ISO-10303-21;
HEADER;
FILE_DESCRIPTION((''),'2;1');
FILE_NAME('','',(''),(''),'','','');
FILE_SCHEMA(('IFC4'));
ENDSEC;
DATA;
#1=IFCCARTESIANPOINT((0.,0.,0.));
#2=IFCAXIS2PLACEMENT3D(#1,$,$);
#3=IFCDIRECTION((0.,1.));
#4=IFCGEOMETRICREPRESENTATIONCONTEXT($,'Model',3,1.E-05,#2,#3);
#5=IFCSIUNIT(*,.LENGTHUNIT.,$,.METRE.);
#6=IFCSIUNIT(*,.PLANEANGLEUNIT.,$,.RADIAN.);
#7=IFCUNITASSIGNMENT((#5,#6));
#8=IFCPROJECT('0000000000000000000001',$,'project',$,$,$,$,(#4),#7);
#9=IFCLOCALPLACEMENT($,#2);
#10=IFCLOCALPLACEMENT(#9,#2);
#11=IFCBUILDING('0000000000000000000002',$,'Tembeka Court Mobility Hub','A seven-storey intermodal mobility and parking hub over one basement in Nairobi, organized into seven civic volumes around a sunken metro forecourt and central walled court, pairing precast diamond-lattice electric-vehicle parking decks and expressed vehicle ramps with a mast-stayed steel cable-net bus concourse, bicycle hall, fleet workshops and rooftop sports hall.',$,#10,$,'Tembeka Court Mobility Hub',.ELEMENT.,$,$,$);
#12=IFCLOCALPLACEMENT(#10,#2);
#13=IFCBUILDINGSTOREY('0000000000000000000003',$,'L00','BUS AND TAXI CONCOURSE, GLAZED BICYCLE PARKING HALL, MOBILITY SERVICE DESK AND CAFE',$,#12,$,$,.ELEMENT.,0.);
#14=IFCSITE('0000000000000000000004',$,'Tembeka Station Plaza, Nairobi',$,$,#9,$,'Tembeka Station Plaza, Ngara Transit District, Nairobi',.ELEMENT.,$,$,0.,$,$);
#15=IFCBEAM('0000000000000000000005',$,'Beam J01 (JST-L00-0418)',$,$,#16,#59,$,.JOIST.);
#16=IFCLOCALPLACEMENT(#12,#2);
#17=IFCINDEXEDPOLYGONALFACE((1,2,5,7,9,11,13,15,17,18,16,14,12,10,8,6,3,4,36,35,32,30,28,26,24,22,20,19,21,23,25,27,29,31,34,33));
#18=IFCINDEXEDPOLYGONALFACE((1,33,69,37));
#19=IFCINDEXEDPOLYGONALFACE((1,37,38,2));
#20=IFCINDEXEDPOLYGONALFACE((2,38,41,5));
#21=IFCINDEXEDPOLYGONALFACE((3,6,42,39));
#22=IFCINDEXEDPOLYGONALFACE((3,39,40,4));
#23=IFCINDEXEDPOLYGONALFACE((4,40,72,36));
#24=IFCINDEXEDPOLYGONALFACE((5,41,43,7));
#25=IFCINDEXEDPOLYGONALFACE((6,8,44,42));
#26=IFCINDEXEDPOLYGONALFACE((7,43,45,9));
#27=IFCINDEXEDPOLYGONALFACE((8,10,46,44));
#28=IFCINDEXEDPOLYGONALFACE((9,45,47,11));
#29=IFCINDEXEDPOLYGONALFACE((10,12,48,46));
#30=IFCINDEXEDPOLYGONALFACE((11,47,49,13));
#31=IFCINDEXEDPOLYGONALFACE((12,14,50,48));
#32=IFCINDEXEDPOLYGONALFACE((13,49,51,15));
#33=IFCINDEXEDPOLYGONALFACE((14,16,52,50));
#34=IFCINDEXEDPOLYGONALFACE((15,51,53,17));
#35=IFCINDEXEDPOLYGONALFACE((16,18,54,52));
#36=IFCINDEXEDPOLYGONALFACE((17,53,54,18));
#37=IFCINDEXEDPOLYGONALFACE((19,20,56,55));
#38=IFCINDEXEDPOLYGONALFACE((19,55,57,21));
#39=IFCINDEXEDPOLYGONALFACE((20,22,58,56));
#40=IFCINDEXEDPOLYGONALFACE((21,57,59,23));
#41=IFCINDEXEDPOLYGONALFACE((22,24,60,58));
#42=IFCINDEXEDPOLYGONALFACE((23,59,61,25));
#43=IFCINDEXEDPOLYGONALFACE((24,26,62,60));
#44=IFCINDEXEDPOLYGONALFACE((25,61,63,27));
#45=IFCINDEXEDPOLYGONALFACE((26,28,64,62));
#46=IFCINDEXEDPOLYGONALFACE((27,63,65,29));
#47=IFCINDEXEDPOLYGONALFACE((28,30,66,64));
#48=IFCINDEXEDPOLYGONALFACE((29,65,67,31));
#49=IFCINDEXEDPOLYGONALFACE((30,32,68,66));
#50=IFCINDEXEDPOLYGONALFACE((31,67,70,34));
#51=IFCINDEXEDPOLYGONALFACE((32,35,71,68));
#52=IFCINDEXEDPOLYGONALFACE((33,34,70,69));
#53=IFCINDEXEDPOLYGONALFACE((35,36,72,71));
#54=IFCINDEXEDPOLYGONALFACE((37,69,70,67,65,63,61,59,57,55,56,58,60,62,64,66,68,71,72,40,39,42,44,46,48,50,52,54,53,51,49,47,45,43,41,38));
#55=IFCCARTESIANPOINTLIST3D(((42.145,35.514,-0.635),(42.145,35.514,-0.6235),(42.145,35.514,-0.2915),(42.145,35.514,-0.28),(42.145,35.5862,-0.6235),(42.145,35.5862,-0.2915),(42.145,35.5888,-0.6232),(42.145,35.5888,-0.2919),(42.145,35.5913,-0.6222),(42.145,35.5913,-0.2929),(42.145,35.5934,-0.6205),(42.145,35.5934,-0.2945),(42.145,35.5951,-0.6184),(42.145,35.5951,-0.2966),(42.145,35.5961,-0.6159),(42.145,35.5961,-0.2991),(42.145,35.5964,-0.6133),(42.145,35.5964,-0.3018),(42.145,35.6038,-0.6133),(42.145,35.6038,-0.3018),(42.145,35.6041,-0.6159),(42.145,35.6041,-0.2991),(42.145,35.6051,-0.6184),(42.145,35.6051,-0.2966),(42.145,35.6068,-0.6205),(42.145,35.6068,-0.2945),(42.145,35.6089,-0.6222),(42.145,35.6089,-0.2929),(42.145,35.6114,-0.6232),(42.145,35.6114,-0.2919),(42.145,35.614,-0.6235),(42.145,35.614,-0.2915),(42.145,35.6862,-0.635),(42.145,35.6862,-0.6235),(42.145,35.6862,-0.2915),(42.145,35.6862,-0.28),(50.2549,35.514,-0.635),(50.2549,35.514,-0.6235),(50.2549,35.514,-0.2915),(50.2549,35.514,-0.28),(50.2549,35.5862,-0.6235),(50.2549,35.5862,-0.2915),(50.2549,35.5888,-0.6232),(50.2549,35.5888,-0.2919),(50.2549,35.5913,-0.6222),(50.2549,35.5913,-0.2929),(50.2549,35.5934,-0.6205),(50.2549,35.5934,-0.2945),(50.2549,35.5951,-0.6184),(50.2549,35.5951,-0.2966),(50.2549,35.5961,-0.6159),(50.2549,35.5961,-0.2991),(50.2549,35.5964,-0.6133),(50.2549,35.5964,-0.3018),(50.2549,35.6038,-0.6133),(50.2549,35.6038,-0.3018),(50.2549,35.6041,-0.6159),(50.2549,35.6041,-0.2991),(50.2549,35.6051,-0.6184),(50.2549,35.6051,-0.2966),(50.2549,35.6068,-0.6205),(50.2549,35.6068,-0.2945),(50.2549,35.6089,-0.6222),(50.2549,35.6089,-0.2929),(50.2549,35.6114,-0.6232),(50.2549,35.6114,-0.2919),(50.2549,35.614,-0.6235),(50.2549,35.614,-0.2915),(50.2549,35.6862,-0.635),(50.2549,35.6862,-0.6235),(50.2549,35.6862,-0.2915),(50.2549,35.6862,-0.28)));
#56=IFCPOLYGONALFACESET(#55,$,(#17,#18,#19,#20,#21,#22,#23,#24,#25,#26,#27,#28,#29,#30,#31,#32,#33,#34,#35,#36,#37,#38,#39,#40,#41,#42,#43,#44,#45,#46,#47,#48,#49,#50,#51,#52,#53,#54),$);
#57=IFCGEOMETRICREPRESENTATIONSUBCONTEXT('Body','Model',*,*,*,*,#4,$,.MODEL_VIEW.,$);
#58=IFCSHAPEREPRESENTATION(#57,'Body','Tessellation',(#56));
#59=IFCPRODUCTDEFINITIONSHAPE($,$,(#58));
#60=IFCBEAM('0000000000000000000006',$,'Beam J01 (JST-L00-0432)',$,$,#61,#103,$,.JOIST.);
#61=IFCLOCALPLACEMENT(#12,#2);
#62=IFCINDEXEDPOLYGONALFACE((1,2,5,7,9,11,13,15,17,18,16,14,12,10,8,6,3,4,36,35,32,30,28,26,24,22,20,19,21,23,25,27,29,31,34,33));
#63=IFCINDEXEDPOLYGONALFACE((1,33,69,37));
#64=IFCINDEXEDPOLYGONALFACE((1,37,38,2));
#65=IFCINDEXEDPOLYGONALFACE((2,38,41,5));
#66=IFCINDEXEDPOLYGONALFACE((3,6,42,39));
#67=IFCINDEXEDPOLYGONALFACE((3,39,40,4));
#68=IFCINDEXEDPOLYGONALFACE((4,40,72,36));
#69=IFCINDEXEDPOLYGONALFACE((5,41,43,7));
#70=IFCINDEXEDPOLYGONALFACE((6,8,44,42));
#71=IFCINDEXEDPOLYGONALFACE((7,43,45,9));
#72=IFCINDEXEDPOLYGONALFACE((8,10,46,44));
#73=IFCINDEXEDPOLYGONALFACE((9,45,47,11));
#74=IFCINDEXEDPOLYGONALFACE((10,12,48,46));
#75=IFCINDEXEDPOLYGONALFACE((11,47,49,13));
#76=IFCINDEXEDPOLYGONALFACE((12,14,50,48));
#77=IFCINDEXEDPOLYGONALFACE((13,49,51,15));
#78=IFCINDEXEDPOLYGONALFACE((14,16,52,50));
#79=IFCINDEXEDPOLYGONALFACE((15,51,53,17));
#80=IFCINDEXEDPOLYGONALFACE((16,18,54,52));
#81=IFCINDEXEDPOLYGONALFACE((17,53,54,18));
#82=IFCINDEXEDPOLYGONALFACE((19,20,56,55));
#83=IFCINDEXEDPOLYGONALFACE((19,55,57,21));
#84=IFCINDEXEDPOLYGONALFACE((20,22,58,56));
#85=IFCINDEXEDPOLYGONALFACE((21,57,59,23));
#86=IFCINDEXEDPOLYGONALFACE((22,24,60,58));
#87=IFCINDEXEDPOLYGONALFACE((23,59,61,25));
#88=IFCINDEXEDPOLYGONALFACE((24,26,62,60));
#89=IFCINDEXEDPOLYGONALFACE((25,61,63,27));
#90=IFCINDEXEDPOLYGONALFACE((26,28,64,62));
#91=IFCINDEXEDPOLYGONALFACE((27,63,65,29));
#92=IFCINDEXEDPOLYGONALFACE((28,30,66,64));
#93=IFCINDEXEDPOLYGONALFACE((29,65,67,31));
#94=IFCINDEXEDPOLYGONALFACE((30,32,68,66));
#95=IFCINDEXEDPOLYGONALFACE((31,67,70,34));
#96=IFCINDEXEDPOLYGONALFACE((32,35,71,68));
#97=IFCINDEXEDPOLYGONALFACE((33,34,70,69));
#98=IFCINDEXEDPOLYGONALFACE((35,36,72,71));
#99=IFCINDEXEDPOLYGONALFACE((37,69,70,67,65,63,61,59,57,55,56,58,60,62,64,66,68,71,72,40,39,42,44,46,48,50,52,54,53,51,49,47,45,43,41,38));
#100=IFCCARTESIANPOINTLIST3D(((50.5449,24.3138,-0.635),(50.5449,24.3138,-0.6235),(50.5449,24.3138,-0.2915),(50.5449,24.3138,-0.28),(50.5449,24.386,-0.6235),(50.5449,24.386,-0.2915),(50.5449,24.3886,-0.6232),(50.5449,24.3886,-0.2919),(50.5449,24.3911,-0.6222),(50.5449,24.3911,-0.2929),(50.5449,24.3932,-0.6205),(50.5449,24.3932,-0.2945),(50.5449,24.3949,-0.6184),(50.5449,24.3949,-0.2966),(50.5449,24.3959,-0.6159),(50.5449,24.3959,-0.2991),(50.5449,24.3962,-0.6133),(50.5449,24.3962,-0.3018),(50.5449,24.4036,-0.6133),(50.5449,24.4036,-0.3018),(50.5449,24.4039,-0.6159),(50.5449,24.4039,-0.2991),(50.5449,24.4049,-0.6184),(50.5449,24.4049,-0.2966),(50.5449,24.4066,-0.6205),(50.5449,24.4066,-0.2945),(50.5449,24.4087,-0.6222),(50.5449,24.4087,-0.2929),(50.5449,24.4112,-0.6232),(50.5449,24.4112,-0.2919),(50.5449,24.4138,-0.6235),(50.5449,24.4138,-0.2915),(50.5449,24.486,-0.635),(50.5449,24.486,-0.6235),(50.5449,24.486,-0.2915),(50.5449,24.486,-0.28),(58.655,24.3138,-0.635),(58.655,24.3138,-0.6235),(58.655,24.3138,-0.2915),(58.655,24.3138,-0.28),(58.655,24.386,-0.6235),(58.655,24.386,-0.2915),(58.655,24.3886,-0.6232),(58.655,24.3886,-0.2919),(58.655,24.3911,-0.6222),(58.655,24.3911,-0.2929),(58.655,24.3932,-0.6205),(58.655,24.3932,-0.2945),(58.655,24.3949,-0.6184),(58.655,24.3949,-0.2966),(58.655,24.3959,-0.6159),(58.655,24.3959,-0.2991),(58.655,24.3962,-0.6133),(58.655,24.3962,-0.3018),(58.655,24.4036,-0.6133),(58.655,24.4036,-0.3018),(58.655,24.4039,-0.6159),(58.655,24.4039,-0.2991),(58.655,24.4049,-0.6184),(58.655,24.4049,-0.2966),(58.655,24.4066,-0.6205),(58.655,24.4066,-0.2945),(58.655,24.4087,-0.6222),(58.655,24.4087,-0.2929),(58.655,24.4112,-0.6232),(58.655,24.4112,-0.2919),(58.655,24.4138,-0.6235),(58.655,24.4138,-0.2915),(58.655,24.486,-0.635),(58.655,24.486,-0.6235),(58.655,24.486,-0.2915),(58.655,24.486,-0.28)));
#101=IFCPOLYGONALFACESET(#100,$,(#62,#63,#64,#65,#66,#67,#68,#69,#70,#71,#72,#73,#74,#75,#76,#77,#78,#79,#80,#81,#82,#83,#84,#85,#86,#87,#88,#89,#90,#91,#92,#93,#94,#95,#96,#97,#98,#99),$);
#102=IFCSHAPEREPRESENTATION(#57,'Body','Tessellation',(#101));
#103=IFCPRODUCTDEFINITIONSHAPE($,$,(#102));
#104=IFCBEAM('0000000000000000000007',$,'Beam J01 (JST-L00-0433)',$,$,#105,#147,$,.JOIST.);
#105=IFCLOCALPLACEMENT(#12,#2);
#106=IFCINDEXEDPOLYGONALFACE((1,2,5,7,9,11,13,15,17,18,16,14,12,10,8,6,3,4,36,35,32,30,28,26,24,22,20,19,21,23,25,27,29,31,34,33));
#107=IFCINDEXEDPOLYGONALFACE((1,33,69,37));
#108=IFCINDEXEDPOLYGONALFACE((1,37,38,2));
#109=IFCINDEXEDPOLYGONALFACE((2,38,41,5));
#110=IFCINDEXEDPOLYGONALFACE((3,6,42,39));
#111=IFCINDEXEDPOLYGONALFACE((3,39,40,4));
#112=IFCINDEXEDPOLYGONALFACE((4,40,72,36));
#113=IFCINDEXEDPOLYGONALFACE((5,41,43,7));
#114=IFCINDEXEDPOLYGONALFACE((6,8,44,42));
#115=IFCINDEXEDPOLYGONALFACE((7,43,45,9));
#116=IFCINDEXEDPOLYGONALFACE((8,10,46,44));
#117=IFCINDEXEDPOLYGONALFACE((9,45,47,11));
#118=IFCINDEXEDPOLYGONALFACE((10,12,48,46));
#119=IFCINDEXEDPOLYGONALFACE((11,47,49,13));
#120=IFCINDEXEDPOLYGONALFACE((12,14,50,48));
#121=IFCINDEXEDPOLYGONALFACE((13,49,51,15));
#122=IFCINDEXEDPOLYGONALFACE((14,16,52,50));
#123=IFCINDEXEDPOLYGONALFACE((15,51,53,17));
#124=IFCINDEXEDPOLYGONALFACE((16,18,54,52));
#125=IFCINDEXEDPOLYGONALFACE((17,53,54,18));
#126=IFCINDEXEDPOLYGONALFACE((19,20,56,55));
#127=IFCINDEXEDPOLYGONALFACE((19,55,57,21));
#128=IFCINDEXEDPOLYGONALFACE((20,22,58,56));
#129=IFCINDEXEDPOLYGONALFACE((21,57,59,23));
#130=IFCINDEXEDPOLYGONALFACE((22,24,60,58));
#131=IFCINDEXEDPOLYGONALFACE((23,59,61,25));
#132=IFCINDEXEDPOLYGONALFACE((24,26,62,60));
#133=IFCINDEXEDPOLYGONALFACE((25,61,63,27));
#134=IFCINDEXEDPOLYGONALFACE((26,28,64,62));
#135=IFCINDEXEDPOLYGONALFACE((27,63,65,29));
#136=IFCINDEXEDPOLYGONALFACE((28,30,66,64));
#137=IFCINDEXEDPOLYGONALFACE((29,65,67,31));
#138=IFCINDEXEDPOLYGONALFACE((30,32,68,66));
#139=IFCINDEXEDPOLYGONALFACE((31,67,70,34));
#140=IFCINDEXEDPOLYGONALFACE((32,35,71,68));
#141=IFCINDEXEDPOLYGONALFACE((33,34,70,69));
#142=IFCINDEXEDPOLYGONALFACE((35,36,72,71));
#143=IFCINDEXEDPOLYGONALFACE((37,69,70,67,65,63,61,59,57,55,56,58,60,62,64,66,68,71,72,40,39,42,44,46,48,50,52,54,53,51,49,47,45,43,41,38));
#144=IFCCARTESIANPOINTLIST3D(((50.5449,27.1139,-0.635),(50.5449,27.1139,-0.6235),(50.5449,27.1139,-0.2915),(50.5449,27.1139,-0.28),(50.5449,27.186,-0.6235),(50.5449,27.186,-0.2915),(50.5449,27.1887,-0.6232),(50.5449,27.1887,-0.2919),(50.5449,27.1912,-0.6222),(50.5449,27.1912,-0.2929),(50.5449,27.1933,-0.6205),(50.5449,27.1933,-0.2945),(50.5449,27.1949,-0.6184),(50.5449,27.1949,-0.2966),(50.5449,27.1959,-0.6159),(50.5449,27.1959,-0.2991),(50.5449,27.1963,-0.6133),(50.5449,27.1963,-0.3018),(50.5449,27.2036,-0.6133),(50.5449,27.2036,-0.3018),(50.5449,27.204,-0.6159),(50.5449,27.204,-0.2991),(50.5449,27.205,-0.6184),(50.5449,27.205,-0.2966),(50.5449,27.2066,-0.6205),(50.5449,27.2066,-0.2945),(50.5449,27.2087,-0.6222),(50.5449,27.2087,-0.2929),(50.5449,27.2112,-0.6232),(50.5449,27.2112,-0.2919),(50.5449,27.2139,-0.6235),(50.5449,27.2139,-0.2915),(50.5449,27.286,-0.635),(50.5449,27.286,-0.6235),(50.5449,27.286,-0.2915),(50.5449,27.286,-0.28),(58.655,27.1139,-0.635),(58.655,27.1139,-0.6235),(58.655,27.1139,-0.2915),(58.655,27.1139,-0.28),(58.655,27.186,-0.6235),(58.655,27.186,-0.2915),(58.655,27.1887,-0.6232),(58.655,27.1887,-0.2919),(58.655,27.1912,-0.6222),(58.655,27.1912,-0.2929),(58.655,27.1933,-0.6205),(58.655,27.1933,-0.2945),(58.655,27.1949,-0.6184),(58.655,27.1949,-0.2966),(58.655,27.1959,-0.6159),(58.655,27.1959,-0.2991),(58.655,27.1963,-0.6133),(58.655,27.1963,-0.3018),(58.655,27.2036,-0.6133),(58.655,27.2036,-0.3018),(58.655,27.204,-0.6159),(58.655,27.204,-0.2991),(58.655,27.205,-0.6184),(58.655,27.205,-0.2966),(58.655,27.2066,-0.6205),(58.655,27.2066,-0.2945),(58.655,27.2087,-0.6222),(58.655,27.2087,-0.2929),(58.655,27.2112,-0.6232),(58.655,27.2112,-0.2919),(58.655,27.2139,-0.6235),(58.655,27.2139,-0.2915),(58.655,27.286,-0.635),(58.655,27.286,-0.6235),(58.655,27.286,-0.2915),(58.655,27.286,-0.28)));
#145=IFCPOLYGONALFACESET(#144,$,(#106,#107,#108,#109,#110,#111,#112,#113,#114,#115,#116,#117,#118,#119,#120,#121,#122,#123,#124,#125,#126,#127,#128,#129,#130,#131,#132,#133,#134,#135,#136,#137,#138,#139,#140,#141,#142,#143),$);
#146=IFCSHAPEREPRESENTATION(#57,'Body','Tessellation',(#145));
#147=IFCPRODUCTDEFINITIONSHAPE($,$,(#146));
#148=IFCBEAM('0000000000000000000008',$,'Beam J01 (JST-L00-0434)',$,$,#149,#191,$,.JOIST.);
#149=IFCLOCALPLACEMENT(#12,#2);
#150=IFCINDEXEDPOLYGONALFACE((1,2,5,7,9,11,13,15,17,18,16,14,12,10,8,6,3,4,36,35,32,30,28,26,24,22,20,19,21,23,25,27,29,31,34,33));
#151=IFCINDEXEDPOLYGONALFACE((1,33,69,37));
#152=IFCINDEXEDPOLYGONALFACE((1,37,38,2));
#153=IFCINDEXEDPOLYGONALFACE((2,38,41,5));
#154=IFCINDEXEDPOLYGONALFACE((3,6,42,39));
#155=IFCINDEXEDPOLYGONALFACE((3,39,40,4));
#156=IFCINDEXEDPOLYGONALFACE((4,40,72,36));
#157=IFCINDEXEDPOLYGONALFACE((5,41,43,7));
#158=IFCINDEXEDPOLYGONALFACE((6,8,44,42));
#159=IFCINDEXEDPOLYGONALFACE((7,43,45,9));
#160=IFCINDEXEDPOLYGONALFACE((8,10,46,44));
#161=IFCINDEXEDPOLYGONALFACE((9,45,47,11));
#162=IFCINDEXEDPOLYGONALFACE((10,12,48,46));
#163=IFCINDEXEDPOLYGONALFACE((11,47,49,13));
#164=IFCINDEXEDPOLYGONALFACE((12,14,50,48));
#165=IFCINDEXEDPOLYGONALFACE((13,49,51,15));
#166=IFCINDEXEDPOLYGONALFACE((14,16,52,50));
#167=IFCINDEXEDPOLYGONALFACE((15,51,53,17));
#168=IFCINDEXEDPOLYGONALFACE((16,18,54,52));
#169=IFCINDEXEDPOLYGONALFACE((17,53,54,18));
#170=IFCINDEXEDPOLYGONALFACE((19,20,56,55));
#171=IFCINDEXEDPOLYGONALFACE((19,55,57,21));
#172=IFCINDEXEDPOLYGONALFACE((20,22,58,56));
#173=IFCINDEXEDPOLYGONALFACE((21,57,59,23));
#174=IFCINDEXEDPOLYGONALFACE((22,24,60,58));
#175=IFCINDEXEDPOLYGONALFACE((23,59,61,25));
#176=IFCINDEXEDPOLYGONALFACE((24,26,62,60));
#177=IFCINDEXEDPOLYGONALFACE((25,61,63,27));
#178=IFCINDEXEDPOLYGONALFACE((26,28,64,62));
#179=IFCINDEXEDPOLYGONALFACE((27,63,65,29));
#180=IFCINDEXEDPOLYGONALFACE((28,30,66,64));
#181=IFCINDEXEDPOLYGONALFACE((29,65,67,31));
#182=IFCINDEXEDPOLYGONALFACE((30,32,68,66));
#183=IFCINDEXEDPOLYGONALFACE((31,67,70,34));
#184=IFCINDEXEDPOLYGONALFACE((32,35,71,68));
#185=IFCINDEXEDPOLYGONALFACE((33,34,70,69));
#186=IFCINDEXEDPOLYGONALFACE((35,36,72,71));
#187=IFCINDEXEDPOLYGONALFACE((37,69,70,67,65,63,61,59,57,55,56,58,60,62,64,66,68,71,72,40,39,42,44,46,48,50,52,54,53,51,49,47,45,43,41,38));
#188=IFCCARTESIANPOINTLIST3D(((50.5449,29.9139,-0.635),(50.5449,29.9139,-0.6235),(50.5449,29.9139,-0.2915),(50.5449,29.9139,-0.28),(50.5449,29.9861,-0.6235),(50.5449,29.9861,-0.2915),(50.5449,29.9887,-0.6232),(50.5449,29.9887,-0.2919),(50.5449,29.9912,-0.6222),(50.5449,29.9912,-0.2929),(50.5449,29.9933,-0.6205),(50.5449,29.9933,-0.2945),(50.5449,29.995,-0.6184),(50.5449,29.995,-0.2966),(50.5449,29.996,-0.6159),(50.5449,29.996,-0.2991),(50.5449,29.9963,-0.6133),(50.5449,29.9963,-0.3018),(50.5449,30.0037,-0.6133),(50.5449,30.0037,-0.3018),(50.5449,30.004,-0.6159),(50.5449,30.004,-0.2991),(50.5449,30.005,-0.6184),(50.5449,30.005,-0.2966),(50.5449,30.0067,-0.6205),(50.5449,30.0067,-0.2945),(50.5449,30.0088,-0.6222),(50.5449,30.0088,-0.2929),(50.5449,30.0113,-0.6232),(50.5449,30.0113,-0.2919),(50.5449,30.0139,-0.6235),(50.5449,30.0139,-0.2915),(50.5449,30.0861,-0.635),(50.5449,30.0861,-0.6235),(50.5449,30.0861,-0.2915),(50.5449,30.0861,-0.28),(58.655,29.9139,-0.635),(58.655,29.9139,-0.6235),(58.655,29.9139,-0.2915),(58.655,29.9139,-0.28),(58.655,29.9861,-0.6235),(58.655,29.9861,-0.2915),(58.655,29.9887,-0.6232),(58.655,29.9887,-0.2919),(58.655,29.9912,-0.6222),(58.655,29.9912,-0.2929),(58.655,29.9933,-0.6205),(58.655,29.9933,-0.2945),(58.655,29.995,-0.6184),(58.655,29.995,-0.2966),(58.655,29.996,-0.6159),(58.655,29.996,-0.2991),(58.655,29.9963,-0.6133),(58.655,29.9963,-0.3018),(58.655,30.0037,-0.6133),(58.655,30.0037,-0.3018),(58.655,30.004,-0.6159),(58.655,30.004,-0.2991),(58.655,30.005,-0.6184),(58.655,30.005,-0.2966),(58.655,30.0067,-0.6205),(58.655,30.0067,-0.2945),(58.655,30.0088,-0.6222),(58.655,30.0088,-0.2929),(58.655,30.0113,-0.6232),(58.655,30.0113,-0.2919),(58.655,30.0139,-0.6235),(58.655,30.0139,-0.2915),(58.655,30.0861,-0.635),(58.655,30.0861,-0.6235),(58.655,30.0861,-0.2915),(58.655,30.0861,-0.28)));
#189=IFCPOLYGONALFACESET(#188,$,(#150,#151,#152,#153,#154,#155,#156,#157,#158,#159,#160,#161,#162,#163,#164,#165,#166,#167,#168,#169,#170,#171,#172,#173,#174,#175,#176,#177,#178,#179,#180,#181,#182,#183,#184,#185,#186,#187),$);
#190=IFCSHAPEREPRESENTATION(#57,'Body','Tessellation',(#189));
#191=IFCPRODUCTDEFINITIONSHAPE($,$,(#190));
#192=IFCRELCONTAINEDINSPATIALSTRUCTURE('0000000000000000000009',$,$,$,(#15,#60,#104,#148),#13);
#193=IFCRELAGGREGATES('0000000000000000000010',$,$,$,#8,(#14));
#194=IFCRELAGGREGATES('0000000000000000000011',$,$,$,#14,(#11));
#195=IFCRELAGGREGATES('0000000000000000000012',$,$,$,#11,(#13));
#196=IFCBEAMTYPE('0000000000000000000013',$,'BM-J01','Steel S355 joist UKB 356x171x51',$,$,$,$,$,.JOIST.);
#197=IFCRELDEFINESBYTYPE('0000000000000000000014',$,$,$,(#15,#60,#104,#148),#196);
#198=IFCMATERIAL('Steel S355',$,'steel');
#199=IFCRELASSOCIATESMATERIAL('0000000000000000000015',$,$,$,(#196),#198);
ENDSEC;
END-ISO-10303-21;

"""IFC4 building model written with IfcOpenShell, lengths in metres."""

from ifc_helpers import new_model, si_unit, direction, frame, origin, origin_2d, place, context, subcontext, project, spatial, i_section, extrude, material, material_profile, profile_set, type_object, element, save


model = new_model("IFC4")

# Units and contexts
model_context = context("Model", 3, precision=1e-05, world=origin(), true_north=direction((0.0, 1.0)))
body_context = subcontext(model_context, "Body", "Model", "MODEL_VIEW")
ifc_project = project(units=[si_unit("LENGTHUNIT", "METRE"), si_unit("PLANEANGLEUNIT", "RADIAN")], contexts=[model_context])

# Site, building, storey
site_placement = place(None, origin())
site = spatial("IfcSite", under=ifc_project, at=site_placement, Name="Tembeka Station Plaza, Nairobi", LongName="Tembeka Station Plaza, Ngara Transit District, Nairobi", CompositionType="ELEMENT", RefElevation=0.0)
building_placement = place(site_placement, origin())
building = spatial("IfcBuilding", under=site, at=building_placement, Name="Tembeka Court Mobility Hub", Description="A seven-storey intermodal mobility and parking hub over one basement in Nairobi, organized into seven civic volumes around a sunken metro forecourt and central walled court, pairing precast diamond-lattice electric-vehicle parking decks and expressed vehicle ramps with a mast-stayed steel cable-net bus concourse, bicycle hall, fleet workshops and rooftop sports hall.", LongName="Tembeka Court Mobility Hub", CompositionType="ELEMENT")
storey_placement = place(building_placement, origin())
storey = spatial("IfcBuildingStorey", under=building, at=storey_placement, Name="L00", Description="BUS AND TAXI CONCOURSE, GLAZED BICYCLE PARKING HALL, MOBILITY SERVICE DESK AND CAFE", CompositionType="ELEMENT", Elevation=0.0)

# Shared definitions
ifc_material_1 = material(Name="Steel S355", Category="steel")

# Beams
ifc_material_profile_1 = material_profile(ifc_material_1, i_section(OverallWidth=0.1721, OverallDepth=0.355, WebThickness=0.0073, FlangeThickness=0.0115, FilletRadius=0.0103, at=origin_2d()), Name="UKB 356x171x51")
ifc_profile_set_1 = profile_set([ifc_material_profile_1], Name="Steel S355")
beam_type_1 = type_object("IfcBeamType", Name="BM-J01", Description="Steel S355 joist UKB 356x171x51", PredefinedType="JOIST", material=ifc_profile_set_1)
for number, where, z_axis, x_axis, name in (
    (1, (42.145, 35.6001, -0.4575), (1.0, 0.0, 0.0), (0.0, 1.0, 0.0), "Beam J01 (JST-L00-0418)"),
):
    element("IfcBeam", number, at=place(storey_placement, frame(where, z_axis=z_axis, x_axis=x_axis)), inside=storey, type_object=beam_type_1, Name=name, PredefinedType="JOIST", context=body_context, shape_type="SweptSolid", body=[
        extrude(i_section(OverallWidth=0.1721, OverallDepth=0.355, WebThickness=0.0073, FlangeThickness=0.0115, FilletRadius=0.0103, at=origin_2d()), origin(), (0.0, 0.0, 1.0), 8.1099),
    ])
for number, where, z_axis, x_axis, name in (
    (2, (50.5449, 24.3999, -0.4575), (1.0, 0.0, 0.0), (0.0, 1.0, 0.0), "Beam J01 (JST-L00-0432)"),
    (3, (50.5449, 27.2, -0.4575), (1.0, 0.0, 0.0), (0.0, 1.0, 0.0), "Beam J01 (JST-L00-0433)"),
    (4, (50.5449, 30.0, -0.4575), (1.0, 0.0, 0.0), (0.0, 1.0, 0.0), "Beam J01 (JST-L00-0434)"),
):
    element("IfcBeam", number, at=place(storey_placement, frame(where, z_axis=z_axis, x_axis=x_axis)), inside=storey, type_object=beam_type_1, Name=name, PredefinedType="JOIST", context=body_context, shape_type="SweptSolid", body=[
        extrude(i_section(OverallWidth=0.1721, OverallDepth=0.355, WebThickness=0.0073, FlangeThickness=0.0115, FilletRadius=0.0103, at=origin_2d()), origin(), (0.0, 0.0, 1.0), 8.1101),
    ])

save(model, "model.ifc")
